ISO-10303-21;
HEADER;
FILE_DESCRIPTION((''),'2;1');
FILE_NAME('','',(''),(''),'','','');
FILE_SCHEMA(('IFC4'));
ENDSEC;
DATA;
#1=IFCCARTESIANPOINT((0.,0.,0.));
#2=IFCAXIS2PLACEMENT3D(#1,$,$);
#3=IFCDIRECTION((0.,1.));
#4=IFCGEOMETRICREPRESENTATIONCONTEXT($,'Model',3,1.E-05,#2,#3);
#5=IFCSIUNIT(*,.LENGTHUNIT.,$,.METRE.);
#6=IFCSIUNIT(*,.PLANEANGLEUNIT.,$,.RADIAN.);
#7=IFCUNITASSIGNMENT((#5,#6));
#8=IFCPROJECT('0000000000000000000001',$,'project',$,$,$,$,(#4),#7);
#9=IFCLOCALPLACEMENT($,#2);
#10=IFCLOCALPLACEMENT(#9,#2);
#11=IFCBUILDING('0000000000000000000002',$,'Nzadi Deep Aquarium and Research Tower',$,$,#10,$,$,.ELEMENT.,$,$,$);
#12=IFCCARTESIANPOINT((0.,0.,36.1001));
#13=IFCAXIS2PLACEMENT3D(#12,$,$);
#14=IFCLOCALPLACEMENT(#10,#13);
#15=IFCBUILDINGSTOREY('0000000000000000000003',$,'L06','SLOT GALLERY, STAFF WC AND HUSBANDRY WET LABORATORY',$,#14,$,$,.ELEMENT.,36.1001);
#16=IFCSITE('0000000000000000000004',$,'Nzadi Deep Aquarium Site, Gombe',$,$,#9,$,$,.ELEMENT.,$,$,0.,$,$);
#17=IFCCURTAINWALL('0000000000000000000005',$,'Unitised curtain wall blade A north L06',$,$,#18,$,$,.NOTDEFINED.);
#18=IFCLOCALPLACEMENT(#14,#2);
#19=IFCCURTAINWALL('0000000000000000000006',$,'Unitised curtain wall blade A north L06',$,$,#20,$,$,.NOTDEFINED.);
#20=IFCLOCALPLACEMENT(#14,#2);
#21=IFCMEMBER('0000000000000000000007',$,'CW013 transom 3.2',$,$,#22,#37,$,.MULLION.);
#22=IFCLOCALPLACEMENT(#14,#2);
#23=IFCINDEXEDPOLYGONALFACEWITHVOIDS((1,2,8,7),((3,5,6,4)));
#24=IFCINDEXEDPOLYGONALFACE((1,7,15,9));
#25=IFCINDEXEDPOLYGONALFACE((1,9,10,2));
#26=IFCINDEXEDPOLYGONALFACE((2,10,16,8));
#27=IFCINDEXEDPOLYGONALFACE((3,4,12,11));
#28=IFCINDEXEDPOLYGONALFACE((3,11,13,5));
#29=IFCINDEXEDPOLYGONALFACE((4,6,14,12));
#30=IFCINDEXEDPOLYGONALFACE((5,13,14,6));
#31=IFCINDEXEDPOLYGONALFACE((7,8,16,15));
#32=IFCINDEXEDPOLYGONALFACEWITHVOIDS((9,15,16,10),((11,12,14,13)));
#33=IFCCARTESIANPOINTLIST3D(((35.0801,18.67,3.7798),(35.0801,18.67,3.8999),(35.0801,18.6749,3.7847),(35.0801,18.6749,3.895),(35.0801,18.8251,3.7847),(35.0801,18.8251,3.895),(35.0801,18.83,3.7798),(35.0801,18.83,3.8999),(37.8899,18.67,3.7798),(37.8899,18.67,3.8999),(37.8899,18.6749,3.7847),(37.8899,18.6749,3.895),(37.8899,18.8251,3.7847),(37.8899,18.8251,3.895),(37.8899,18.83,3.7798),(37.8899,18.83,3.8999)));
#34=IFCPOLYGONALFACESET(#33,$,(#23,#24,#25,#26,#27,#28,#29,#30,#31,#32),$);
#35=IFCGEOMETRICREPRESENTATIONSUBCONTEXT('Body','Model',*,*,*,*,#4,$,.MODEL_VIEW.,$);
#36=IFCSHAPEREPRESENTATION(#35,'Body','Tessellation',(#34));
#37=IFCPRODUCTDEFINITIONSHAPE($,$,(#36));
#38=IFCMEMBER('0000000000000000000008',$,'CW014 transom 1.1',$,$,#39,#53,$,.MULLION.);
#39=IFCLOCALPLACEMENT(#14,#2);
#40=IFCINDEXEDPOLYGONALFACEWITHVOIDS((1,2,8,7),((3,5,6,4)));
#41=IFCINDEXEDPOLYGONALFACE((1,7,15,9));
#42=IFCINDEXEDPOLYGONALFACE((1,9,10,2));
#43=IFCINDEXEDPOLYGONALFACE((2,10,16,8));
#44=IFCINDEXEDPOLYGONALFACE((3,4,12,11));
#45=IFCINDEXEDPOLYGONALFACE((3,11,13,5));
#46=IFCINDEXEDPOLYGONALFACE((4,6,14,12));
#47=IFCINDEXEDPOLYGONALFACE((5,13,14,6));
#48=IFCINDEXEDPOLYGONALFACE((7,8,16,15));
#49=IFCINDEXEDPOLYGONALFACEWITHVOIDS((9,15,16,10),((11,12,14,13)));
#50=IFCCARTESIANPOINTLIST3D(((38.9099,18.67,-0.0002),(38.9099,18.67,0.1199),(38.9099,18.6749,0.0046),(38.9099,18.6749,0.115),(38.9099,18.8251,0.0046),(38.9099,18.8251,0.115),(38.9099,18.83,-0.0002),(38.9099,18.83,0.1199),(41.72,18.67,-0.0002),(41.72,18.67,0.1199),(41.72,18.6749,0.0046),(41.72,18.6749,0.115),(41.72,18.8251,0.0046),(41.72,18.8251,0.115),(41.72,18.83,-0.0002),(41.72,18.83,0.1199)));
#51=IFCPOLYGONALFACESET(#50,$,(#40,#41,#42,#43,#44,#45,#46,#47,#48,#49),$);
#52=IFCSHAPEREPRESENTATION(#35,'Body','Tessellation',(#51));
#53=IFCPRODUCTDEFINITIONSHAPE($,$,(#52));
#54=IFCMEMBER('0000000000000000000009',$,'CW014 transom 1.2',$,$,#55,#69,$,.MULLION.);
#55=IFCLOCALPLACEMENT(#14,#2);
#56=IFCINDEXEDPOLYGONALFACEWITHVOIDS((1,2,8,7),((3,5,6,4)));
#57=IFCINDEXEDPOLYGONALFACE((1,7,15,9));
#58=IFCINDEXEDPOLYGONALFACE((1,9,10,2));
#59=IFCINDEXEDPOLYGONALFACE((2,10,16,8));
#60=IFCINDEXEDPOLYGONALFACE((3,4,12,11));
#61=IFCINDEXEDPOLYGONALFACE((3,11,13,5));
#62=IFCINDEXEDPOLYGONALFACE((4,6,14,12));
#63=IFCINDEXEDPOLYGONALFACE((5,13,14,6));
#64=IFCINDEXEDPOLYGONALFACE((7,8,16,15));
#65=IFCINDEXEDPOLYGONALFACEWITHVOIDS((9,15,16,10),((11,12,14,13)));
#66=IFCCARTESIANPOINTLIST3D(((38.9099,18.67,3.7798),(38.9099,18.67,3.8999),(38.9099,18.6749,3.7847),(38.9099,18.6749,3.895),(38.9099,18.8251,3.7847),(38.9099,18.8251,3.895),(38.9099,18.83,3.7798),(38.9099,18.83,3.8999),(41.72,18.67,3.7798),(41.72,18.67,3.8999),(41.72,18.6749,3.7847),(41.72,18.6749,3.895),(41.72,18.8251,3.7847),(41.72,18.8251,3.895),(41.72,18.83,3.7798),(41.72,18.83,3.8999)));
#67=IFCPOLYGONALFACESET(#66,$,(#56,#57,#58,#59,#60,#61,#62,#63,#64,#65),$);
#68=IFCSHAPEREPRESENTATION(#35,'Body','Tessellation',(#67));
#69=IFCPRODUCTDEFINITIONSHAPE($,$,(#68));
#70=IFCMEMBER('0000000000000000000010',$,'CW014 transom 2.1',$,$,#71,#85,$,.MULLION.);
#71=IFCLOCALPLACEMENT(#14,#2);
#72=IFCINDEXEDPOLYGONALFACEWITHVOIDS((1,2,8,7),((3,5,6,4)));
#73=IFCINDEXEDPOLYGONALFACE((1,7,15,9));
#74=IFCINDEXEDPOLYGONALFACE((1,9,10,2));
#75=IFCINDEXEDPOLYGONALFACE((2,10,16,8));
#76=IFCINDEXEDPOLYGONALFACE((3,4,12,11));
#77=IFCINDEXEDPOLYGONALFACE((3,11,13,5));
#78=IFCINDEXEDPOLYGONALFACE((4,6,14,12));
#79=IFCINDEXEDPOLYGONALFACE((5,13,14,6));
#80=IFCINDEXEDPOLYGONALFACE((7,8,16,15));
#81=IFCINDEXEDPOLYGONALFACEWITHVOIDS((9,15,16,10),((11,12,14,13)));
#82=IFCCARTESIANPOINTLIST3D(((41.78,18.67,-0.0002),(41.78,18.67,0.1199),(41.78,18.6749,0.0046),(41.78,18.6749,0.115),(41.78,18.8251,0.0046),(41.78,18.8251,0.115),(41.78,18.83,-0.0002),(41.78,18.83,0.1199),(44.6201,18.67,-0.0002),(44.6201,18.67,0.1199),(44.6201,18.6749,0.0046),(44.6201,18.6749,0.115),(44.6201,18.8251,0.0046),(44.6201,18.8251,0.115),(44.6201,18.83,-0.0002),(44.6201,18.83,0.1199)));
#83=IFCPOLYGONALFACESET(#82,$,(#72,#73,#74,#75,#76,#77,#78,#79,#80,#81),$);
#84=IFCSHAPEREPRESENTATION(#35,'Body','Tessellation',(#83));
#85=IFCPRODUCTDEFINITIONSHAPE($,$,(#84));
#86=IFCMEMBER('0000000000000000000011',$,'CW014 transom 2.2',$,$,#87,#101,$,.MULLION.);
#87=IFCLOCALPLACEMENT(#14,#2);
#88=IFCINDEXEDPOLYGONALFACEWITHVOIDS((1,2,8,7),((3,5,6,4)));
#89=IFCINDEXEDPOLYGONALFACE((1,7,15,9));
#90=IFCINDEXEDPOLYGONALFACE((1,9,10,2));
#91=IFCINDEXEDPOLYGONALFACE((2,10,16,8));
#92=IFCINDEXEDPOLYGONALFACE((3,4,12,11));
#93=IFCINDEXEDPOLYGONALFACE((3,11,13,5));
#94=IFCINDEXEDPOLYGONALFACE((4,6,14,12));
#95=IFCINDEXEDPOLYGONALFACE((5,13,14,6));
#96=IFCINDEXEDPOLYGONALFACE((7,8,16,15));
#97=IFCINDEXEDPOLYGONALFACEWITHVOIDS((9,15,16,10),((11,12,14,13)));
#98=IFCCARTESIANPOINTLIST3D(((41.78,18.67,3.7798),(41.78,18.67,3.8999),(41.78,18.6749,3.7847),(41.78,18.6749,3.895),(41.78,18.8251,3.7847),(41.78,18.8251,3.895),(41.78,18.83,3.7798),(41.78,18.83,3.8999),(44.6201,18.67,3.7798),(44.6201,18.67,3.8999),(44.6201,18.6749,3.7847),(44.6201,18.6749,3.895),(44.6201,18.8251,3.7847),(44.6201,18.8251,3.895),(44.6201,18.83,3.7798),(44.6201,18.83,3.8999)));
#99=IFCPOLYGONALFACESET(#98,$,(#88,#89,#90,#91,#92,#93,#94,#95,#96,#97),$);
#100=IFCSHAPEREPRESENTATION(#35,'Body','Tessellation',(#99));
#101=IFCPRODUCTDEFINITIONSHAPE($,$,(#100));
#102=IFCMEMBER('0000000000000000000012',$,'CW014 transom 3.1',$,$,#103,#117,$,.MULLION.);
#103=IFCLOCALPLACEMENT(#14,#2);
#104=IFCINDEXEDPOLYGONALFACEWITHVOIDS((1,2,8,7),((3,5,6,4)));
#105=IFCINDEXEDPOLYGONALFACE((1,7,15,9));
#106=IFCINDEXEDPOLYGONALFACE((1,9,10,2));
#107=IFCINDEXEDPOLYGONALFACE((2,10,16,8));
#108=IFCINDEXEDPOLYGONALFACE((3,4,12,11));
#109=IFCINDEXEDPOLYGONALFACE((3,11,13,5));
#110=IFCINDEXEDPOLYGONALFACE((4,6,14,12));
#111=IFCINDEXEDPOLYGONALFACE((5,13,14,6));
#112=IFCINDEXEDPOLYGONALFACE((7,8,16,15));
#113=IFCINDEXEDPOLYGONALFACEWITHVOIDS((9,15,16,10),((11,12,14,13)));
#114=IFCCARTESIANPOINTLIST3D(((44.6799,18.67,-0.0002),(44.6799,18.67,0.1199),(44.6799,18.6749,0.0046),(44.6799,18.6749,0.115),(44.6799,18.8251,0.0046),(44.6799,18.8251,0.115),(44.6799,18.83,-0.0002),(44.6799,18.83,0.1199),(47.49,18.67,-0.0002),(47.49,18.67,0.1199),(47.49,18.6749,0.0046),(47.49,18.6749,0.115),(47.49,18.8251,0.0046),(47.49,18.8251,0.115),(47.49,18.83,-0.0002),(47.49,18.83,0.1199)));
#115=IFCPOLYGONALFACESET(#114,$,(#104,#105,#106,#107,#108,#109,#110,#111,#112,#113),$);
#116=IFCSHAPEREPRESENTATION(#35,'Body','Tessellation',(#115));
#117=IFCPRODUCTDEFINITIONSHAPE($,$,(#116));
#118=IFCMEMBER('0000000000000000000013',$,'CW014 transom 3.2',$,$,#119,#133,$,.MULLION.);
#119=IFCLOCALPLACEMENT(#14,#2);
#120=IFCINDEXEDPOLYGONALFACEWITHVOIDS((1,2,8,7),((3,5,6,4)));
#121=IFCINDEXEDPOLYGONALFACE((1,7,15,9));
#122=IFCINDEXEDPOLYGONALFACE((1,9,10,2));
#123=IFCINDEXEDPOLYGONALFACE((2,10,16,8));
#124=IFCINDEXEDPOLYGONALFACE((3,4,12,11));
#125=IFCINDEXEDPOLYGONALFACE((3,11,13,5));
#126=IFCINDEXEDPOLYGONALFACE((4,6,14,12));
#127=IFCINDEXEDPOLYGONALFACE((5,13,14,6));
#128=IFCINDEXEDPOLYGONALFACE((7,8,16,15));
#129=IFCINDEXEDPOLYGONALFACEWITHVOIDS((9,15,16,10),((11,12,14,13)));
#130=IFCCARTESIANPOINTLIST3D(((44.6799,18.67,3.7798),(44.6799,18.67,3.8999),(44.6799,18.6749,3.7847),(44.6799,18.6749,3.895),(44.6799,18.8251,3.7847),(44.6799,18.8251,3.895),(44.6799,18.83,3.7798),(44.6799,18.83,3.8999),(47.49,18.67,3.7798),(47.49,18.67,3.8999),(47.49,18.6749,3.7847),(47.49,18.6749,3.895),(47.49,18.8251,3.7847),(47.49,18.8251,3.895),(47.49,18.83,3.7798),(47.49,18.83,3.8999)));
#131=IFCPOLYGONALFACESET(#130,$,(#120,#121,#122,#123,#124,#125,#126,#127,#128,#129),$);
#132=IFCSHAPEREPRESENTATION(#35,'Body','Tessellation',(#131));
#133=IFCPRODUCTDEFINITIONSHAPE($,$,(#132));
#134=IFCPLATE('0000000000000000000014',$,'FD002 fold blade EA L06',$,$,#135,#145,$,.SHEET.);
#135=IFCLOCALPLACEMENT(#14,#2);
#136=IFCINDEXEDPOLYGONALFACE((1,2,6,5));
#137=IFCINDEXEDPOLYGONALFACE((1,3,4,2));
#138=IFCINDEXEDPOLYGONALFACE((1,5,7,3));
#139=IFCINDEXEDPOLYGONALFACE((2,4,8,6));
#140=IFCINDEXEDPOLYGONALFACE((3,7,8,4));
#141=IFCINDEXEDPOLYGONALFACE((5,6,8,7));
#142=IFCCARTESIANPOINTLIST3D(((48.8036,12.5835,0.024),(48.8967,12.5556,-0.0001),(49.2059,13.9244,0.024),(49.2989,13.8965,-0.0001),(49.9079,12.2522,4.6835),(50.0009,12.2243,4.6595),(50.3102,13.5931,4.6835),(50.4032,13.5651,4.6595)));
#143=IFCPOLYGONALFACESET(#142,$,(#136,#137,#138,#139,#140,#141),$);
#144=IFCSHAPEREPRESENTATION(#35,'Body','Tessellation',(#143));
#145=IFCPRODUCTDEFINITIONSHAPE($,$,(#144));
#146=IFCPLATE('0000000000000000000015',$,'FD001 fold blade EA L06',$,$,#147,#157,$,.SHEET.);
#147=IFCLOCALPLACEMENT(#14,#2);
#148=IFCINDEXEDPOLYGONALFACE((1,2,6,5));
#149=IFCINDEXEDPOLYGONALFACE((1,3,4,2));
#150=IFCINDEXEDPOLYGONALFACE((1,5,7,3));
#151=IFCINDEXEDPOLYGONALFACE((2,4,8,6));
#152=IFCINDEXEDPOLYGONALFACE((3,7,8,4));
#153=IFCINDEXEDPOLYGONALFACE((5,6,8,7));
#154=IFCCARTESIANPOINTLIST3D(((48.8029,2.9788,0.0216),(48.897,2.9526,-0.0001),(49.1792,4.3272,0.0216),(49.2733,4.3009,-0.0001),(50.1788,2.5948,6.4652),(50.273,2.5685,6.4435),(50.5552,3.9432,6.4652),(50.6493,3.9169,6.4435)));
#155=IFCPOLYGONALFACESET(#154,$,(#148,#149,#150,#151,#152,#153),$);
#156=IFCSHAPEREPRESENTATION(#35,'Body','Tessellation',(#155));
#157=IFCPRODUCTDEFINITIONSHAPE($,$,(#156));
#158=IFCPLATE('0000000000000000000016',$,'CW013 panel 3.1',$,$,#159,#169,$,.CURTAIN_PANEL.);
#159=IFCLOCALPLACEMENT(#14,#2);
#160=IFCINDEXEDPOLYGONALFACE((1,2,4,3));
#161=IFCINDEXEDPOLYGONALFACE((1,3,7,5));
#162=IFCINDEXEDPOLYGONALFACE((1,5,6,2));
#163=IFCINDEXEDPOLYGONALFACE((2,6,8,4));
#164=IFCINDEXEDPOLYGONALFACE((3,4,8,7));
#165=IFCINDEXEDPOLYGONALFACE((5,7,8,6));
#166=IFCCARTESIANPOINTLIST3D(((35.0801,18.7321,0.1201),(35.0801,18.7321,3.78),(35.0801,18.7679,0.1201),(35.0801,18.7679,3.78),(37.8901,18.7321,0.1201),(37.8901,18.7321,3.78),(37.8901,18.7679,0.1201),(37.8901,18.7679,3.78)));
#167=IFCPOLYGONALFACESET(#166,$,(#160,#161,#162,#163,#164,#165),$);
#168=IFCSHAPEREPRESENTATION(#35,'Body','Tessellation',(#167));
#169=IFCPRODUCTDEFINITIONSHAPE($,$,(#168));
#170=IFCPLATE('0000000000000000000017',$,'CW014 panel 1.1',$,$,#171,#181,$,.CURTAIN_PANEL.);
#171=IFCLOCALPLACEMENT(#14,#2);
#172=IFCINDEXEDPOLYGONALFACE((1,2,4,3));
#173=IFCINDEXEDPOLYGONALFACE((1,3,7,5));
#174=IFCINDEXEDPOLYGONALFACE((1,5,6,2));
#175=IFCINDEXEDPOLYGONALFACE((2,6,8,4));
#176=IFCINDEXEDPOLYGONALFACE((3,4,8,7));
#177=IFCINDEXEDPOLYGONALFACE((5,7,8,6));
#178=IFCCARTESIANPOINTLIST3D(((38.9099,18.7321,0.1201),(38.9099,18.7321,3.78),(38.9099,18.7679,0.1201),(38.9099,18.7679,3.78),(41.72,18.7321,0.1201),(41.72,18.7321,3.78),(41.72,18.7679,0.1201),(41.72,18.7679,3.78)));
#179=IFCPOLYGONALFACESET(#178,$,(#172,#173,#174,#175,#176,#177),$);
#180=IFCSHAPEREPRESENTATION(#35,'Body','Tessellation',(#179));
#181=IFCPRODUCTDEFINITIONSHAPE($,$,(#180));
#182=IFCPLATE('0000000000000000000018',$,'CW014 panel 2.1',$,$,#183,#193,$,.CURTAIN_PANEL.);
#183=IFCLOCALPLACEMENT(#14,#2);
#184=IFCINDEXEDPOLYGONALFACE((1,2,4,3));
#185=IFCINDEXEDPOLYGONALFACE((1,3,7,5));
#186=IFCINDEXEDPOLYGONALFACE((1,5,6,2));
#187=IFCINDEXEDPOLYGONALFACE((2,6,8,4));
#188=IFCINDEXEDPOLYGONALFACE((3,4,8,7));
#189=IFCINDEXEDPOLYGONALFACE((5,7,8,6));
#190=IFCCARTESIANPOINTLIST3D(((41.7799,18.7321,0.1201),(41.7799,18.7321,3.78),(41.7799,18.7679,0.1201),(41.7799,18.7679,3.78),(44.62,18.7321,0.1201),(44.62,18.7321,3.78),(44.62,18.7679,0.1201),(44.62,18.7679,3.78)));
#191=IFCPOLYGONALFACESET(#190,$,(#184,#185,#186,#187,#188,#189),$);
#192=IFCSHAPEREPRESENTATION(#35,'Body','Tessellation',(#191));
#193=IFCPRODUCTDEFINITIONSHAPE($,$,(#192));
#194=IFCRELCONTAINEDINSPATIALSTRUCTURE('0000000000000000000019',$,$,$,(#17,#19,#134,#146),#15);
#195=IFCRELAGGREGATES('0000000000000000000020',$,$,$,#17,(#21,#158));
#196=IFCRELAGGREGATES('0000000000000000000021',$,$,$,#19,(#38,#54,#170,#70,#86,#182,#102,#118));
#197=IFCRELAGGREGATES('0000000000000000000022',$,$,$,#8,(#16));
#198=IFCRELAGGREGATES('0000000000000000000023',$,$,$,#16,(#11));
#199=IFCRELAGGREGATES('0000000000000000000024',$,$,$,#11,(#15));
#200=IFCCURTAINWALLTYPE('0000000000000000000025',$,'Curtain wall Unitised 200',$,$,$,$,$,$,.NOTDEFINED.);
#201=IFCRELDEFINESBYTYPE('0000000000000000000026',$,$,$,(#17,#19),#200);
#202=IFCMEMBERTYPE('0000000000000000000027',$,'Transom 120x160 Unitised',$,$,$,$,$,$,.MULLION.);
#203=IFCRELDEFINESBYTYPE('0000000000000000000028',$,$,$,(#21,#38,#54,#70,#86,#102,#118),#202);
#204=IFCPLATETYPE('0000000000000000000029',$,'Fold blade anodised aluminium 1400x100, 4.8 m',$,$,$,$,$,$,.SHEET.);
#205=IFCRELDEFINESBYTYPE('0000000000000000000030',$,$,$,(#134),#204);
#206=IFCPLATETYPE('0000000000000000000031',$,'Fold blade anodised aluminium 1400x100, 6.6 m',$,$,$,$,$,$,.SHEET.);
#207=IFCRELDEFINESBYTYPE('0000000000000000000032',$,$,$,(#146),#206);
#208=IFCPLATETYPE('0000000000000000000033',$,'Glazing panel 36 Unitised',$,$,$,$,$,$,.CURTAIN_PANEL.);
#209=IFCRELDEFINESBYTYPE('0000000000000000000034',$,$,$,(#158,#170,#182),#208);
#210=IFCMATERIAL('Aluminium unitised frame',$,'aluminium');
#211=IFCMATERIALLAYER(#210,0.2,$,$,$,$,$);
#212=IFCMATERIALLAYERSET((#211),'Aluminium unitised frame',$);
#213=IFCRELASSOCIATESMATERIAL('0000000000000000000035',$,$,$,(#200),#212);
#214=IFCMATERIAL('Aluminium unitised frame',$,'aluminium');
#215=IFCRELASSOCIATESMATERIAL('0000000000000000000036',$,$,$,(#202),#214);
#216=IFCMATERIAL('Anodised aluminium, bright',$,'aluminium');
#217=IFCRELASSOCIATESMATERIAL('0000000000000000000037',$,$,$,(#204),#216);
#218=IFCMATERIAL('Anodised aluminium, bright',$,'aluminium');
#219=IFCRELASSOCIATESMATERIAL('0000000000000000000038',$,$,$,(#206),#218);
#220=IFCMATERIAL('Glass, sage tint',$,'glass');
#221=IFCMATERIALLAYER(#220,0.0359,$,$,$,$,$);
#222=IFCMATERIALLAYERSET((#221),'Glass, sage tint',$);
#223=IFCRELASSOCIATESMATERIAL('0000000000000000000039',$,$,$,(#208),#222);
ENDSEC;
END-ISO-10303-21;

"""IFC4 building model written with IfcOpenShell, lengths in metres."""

from ifc_helpers import new_model, si_unit, direction, frame, origin, origin_2d, place, context, subcontext, project, spatial, rectangle, hollow_rectangle, extrude, material, layer, layer_set, material_profile, profile_set, type_object, element, aggregate, save


model = new_model("IFC4")

# Units and contexts
model_context = context("Model", 3, precision=1e-05, world=origin(), true_north=direction((0.0, 1.0)))
body_context = subcontext(model_context, "Body", "Model", "MODEL_VIEW")
ifc_project = project(units=[si_unit("LENGTHUNIT", "METRE"), si_unit("PLANEANGLEUNIT", "RADIAN")], contexts=[model_context])

# Site, building, storey
site_placement = place(None, origin())
site = spatial("IfcSite", under=ifc_project, at=site_placement, Name="Nzadi Deep Aquarium Site, Gombe", CompositionType="ELEMENT", RefElevation=0.0)
building_placement = place(site_placement, origin())
building = spatial("IfcBuilding", under=site, at=building_placement, Name="Nzadi Deep Aquarium and Research Tower", CompositionType="ELEMENT")
storey_placement = place(building_placement, frame((0.0, 0.0, 36.1001)))
storey = spatial("IfcBuildingStorey", under=building, at=storey_placement, Name="L06", Description="SLOT GALLERY, STAFF WC AND HUSBANDRY WET LABORATORY", CompositionType="ELEMENT", Elevation=36.1001)

# Curtain wall
ifc_material_1 = material(Name="Aluminium unitised frame", Category="aluminium")
ifc_layer_1 = layer(ifc_material_1, 0.2)
ifc_layer_set_1 = layer_set([ifc_layer_1], Name="Aluminium unitised frame")
curtain_wall_type = type_object("IfcCurtainWallType", Name="Curtain wall Unitised 200", PredefinedType="NOTDEFINED", material=ifc_layer_set_1)
curtain_wall_1_placement = place(storey_placement, origin())
curtain_wall_1 = element("IfcCurtainWall", 1, at=curtain_wall_1_placement, inside=storey, type_object=curtain_wall_type, Name="Unitised curtain wall blade A north L06", PredefinedType="NOTDEFINED")

# Curtain wall
curtain_wall_2_placement = place(storey_placement, origin())
curtain_wall_2 = element("IfcCurtainWall", 2, at=curtain_wall_2_placement, inside=storey, type_object=curtain_wall_type, Name="Unitised curtain wall blade A north L06", PredefinedType="NOTDEFINED")

# Members
ifc_material_2 = material(Name="Aluminium unitised frame", Category="aluminium")
ifc_material_profile_1 = material_profile(ifc_material_2, hollow_rectangle(XDim=0.1599, YDim=0.1201, WallThickness=0.0049, at=origin_2d()))
ifc_profile_set_1 = profile_set([ifc_material_profile_1], Name="Aluminium unitised frame")
member_type_1 = type_object("IfcMemberType", Name="Transom 120x160 Unitised", PredefinedType="MULLION", material=ifc_profile_set_1)
member_1_placement = place(storey_placement, frame((35.0801, 18.75, 3.8398), z_axis=(1.0, 0.0, 0.0), x_axis=(0.0, 1.0, 0.0)))
member_1 = element("IfcMember", 3, at=member_1_placement, type_object=member_type_1, Name="CW013 transom 3.2", PredefinedType="MULLION", context=body_context, shape_type="SweptSolid", body=[
    extrude(hollow_rectangle(XDim=0.1599, YDim=0.1201, WallThickness=0.0049, at=origin_2d()), origin(), (0.0, 0.0, 1.0), 2.8098),
])
member_2_placement = place(storey_placement, frame((38.9099, 18.75, 0.0598), z_axis=(1.0, 0.0, 0.0), x_axis=(0.0, 1.0, 0.0)))
member_2 = element("IfcMember", 4, at=member_2_placement, type_object=member_type_1, Name="CW014 transom 1.1", PredefinedType="MULLION", context=body_context, shape_type="SweptSolid", body=[
    extrude(hollow_rectangle(XDim=0.1599, YDim=0.1201, WallThickness=0.0049, at=origin_2d()), origin(), (0.0, 0.0, 1.0), 2.8101),
])
member_3_placement = place(storey_placement, frame((38.9099, 18.75, 3.8398), z_axis=(1.0, 0.0, 0.0), x_axis=(0.0, 1.0, 0.0)))
member_3 = element("IfcMember", 5, at=member_3_placement, type_object=member_type_1, Name="CW014 transom 1.2", PredefinedType="MULLION", context=body_context, shape_type="SweptSolid", body=[
    extrude(hollow_rectangle(XDim=0.1599, YDim=0.1201, WallThickness=0.0049, at=origin_2d()), origin(), (0.0, 0.0, 1.0), 2.8101),
])
member_4_placement = place(storey_placement, frame((41.78, 18.75, 0.0598), z_axis=(1.0, 0.0, 0.0), x_axis=(0.0, 1.0, 0.0)))
member_4 = element("IfcMember", 6, at=member_4_placement, type_object=member_type_1, Name="CW014 transom 2.1", PredefinedType="MULLION", context=body_context, shape_type="SweptSolid", body=[
    extrude(hollow_rectangle(XDim=0.1599, YDim=0.1201, WallThickness=0.0049, at=origin_2d()), origin(), (0.0, 0.0, 1.0), 2.8401),
])
member_5_placement = place(storey_placement, frame((41.78, 18.75, 3.8398), z_axis=(1.0, 0.0, 0.0), x_axis=(0.0, 1.0, 0.0)))
member_5 = element("IfcMember", 7, at=member_5_placement, type_object=member_type_1, Name="CW014 transom 2.2", PredefinedType="MULLION", context=body_context, shape_type="SweptSolid", body=[
    extrude(hollow_rectangle(XDim=0.1599, YDim=0.1201, WallThickness=0.0049, at=origin_2d()), origin(), (0.0, 0.0, 1.0), 2.8401),
])
member_6_placement = place(storey_placement, frame((44.6799, 18.75, 0.0598), z_axis=(1.0, 0.0, 0.0), x_axis=(0.0, 1.0, 0.0)))
member_6 = element("IfcMember", 8, at=member_6_placement, type_object=member_type_1, Name="CW014 transom 3.1", PredefinedType="MULLION", context=body_context, shape_type="SweptSolid", body=[
    extrude(hollow_rectangle(XDim=0.1599, YDim=0.1201, WallThickness=0.0049, at=origin_2d()), origin(), (0.0, 0.0, 1.0), 2.8101),
])
member_7_placement = place(storey_placement, frame((44.6799, 18.75, 3.8398), z_axis=(1.0, 0.0, 0.0), x_axis=(0.0, 1.0, 0.0)))
member_7 = element("IfcMember", 9, at=member_7_placement, type_object=member_type_1, Name="CW014 transom 3.2", PredefinedType="MULLION", context=body_context, shape_type="SweptSolid", body=[
    extrude(hollow_rectangle(XDim=0.1599, YDim=0.1201, WallThickness=0.0049, at=origin_2d()), origin(), (0.0, 0.0, 1.0), 2.8101),
])

# Plates
ifc_material_3 = material(Name="Anodised aluminium, bright", Category="aluminium")
ifc_material_profile_2 = material_profile(ifc_material_3, rectangle(XDim=1.3999, YDim=0.1001, at=origin_2d()))
ifc_profile_set_2 = profile_set([ifc_material_profile_2], Name="Anodised aluminium, bright")
plate_type_1 = type_object("IfcPlateType", Name="Fold blade anodised aluminium 1400x100, 4.8 m", PredefinedType="SHEET", material=ifc_profile_set_2)
plate_1_placement = place(storey_placement, frame((49.0513, 13.24, 0.012), z_axis=(0.230055, -0.069022, 0.970727), x_axis=(0.287367, 0.95782, 0.0)))
element("IfcPlate", 10, at=plate_1_placement, inside=storey, type_object=plate_type_1, Name="FD002 fold blade EA L06", PredefinedType="SHEET", context=body_context, shape_type="SweptSolid", body=[
    extrude(rectangle(XDim=1.3999, YDim=0.1001, at=origin_2d()), origin(), (0.0, 0.0, 1.0), 4.8),
])
ifc_material_4 = material(Name="Anodised aluminium, bright", Category="aluminium")
ifc_material_profile_3 = material_profile(ifc_material_4, rectangle(XDim=1.3999, YDim=0.1001, at=origin_2d()))
ifc_profile_set_3 = profile_set([ifc_material_profile_3], Name="Anodised aluminium, bright")
plate_type_2 = type_object("IfcPlateType", Name="Fold blade anodised aluminium 1400x100, 6.6 m", PredefinedType="SHEET", material=ifc_profile_set_3)
plate_2_placement = place(storey_placement, frame((49.0381, 3.6399, 0.0107), z_axis=(0.208479, -0.058186, 0.976294), x_axis=(0.268825, 0.963189, 0.0)))
element("IfcPlate", 11, at=plate_2_placement, inside=storey, type_object=plate_type_2, Name="FD001 fold blade EA L06", PredefinedType="SHEET", context=body_context, shape_type="SweptSolid", body=[
    extrude(rectangle(XDim=1.3999, YDim=0.1001, at=origin_2d()), origin(), (0.0, 0.0, 1.0), 6.6001),
])

# Plates
ifc_material_5 = material(Name="Glass, sage tint", Category="glass")
ifc_layer_2 = layer(ifc_material_5, 0.0359)
ifc_layer_set_2 = layer_set([ifc_layer_2], Name="Glass, sage tint")
plate_type_3 = type_object("IfcPlateType", Name="Glazing panel 36 Unitised", PredefinedType="CURTAIN_PANEL", material=ifc_layer_set_2)
plate_3_placement = place(storey_placement, frame((36.4851, 18.75, 0.1201), z_axis=(0.0, 0.0, 1.0), x_axis=(1.0, 0.0, 0.0)))
plate_3 = element("IfcPlate", 12, at=plate_3_placement, type_object=plate_type_3, Name="CW013 panel 3.1", PredefinedType="CURTAIN_PANEL", context=body_context, shape_type="SweptSolid", body=[
    extrude(rectangle(XDim=2.8101, YDim=0.0359, at=origin_2d()), origin(), (0.0, 0.0, 1.0), 3.6599),
])
aggregate(curtain_wall_1, [member_1, plate_3])
plate_4_placement = place(storey_placement, frame((40.3149, 18.75, 0.1201), z_axis=(0.0, 0.0, 1.0), x_axis=(1.0, 0.0, 0.0)))
plate_4 = element("IfcPlate", 13, at=plate_4_placement, type_object=plate_type_3, Name="CW014 panel 1.1", PredefinedType="CURTAIN_PANEL", context=body_context, shape_type="SweptSolid", body=[
    extrude(rectangle(XDim=2.8101, YDim=0.0359, at=origin_2d()), origin(), (0.0, 0.0, 1.0), 3.6599),
])
plate_5_placement = place(storey_placement, frame((43.2, 18.75, 0.1201), z_axis=(0.0, 0.0, 1.0), x_axis=(1.0, 0.0, 0.0)))
plate_5 = element("IfcPlate", 14, at=plate_5_placement, type_object=plate_type_3, Name="CW014 panel 2.1", PredefinedType="CURTAIN_PANEL", context=body_context, shape_type="SweptSolid", body=[
    extrude(rectangle(XDim=2.8401, YDim=0.0359, at=origin_2d()), origin(), (0.0, 0.0, 1.0), 3.6599),
])
aggregate(curtain_wall_2, [member_2, member_3, plate_4, member_4, member_5, plate_5, member_6, member_7])

save(model, "model.ifc")
